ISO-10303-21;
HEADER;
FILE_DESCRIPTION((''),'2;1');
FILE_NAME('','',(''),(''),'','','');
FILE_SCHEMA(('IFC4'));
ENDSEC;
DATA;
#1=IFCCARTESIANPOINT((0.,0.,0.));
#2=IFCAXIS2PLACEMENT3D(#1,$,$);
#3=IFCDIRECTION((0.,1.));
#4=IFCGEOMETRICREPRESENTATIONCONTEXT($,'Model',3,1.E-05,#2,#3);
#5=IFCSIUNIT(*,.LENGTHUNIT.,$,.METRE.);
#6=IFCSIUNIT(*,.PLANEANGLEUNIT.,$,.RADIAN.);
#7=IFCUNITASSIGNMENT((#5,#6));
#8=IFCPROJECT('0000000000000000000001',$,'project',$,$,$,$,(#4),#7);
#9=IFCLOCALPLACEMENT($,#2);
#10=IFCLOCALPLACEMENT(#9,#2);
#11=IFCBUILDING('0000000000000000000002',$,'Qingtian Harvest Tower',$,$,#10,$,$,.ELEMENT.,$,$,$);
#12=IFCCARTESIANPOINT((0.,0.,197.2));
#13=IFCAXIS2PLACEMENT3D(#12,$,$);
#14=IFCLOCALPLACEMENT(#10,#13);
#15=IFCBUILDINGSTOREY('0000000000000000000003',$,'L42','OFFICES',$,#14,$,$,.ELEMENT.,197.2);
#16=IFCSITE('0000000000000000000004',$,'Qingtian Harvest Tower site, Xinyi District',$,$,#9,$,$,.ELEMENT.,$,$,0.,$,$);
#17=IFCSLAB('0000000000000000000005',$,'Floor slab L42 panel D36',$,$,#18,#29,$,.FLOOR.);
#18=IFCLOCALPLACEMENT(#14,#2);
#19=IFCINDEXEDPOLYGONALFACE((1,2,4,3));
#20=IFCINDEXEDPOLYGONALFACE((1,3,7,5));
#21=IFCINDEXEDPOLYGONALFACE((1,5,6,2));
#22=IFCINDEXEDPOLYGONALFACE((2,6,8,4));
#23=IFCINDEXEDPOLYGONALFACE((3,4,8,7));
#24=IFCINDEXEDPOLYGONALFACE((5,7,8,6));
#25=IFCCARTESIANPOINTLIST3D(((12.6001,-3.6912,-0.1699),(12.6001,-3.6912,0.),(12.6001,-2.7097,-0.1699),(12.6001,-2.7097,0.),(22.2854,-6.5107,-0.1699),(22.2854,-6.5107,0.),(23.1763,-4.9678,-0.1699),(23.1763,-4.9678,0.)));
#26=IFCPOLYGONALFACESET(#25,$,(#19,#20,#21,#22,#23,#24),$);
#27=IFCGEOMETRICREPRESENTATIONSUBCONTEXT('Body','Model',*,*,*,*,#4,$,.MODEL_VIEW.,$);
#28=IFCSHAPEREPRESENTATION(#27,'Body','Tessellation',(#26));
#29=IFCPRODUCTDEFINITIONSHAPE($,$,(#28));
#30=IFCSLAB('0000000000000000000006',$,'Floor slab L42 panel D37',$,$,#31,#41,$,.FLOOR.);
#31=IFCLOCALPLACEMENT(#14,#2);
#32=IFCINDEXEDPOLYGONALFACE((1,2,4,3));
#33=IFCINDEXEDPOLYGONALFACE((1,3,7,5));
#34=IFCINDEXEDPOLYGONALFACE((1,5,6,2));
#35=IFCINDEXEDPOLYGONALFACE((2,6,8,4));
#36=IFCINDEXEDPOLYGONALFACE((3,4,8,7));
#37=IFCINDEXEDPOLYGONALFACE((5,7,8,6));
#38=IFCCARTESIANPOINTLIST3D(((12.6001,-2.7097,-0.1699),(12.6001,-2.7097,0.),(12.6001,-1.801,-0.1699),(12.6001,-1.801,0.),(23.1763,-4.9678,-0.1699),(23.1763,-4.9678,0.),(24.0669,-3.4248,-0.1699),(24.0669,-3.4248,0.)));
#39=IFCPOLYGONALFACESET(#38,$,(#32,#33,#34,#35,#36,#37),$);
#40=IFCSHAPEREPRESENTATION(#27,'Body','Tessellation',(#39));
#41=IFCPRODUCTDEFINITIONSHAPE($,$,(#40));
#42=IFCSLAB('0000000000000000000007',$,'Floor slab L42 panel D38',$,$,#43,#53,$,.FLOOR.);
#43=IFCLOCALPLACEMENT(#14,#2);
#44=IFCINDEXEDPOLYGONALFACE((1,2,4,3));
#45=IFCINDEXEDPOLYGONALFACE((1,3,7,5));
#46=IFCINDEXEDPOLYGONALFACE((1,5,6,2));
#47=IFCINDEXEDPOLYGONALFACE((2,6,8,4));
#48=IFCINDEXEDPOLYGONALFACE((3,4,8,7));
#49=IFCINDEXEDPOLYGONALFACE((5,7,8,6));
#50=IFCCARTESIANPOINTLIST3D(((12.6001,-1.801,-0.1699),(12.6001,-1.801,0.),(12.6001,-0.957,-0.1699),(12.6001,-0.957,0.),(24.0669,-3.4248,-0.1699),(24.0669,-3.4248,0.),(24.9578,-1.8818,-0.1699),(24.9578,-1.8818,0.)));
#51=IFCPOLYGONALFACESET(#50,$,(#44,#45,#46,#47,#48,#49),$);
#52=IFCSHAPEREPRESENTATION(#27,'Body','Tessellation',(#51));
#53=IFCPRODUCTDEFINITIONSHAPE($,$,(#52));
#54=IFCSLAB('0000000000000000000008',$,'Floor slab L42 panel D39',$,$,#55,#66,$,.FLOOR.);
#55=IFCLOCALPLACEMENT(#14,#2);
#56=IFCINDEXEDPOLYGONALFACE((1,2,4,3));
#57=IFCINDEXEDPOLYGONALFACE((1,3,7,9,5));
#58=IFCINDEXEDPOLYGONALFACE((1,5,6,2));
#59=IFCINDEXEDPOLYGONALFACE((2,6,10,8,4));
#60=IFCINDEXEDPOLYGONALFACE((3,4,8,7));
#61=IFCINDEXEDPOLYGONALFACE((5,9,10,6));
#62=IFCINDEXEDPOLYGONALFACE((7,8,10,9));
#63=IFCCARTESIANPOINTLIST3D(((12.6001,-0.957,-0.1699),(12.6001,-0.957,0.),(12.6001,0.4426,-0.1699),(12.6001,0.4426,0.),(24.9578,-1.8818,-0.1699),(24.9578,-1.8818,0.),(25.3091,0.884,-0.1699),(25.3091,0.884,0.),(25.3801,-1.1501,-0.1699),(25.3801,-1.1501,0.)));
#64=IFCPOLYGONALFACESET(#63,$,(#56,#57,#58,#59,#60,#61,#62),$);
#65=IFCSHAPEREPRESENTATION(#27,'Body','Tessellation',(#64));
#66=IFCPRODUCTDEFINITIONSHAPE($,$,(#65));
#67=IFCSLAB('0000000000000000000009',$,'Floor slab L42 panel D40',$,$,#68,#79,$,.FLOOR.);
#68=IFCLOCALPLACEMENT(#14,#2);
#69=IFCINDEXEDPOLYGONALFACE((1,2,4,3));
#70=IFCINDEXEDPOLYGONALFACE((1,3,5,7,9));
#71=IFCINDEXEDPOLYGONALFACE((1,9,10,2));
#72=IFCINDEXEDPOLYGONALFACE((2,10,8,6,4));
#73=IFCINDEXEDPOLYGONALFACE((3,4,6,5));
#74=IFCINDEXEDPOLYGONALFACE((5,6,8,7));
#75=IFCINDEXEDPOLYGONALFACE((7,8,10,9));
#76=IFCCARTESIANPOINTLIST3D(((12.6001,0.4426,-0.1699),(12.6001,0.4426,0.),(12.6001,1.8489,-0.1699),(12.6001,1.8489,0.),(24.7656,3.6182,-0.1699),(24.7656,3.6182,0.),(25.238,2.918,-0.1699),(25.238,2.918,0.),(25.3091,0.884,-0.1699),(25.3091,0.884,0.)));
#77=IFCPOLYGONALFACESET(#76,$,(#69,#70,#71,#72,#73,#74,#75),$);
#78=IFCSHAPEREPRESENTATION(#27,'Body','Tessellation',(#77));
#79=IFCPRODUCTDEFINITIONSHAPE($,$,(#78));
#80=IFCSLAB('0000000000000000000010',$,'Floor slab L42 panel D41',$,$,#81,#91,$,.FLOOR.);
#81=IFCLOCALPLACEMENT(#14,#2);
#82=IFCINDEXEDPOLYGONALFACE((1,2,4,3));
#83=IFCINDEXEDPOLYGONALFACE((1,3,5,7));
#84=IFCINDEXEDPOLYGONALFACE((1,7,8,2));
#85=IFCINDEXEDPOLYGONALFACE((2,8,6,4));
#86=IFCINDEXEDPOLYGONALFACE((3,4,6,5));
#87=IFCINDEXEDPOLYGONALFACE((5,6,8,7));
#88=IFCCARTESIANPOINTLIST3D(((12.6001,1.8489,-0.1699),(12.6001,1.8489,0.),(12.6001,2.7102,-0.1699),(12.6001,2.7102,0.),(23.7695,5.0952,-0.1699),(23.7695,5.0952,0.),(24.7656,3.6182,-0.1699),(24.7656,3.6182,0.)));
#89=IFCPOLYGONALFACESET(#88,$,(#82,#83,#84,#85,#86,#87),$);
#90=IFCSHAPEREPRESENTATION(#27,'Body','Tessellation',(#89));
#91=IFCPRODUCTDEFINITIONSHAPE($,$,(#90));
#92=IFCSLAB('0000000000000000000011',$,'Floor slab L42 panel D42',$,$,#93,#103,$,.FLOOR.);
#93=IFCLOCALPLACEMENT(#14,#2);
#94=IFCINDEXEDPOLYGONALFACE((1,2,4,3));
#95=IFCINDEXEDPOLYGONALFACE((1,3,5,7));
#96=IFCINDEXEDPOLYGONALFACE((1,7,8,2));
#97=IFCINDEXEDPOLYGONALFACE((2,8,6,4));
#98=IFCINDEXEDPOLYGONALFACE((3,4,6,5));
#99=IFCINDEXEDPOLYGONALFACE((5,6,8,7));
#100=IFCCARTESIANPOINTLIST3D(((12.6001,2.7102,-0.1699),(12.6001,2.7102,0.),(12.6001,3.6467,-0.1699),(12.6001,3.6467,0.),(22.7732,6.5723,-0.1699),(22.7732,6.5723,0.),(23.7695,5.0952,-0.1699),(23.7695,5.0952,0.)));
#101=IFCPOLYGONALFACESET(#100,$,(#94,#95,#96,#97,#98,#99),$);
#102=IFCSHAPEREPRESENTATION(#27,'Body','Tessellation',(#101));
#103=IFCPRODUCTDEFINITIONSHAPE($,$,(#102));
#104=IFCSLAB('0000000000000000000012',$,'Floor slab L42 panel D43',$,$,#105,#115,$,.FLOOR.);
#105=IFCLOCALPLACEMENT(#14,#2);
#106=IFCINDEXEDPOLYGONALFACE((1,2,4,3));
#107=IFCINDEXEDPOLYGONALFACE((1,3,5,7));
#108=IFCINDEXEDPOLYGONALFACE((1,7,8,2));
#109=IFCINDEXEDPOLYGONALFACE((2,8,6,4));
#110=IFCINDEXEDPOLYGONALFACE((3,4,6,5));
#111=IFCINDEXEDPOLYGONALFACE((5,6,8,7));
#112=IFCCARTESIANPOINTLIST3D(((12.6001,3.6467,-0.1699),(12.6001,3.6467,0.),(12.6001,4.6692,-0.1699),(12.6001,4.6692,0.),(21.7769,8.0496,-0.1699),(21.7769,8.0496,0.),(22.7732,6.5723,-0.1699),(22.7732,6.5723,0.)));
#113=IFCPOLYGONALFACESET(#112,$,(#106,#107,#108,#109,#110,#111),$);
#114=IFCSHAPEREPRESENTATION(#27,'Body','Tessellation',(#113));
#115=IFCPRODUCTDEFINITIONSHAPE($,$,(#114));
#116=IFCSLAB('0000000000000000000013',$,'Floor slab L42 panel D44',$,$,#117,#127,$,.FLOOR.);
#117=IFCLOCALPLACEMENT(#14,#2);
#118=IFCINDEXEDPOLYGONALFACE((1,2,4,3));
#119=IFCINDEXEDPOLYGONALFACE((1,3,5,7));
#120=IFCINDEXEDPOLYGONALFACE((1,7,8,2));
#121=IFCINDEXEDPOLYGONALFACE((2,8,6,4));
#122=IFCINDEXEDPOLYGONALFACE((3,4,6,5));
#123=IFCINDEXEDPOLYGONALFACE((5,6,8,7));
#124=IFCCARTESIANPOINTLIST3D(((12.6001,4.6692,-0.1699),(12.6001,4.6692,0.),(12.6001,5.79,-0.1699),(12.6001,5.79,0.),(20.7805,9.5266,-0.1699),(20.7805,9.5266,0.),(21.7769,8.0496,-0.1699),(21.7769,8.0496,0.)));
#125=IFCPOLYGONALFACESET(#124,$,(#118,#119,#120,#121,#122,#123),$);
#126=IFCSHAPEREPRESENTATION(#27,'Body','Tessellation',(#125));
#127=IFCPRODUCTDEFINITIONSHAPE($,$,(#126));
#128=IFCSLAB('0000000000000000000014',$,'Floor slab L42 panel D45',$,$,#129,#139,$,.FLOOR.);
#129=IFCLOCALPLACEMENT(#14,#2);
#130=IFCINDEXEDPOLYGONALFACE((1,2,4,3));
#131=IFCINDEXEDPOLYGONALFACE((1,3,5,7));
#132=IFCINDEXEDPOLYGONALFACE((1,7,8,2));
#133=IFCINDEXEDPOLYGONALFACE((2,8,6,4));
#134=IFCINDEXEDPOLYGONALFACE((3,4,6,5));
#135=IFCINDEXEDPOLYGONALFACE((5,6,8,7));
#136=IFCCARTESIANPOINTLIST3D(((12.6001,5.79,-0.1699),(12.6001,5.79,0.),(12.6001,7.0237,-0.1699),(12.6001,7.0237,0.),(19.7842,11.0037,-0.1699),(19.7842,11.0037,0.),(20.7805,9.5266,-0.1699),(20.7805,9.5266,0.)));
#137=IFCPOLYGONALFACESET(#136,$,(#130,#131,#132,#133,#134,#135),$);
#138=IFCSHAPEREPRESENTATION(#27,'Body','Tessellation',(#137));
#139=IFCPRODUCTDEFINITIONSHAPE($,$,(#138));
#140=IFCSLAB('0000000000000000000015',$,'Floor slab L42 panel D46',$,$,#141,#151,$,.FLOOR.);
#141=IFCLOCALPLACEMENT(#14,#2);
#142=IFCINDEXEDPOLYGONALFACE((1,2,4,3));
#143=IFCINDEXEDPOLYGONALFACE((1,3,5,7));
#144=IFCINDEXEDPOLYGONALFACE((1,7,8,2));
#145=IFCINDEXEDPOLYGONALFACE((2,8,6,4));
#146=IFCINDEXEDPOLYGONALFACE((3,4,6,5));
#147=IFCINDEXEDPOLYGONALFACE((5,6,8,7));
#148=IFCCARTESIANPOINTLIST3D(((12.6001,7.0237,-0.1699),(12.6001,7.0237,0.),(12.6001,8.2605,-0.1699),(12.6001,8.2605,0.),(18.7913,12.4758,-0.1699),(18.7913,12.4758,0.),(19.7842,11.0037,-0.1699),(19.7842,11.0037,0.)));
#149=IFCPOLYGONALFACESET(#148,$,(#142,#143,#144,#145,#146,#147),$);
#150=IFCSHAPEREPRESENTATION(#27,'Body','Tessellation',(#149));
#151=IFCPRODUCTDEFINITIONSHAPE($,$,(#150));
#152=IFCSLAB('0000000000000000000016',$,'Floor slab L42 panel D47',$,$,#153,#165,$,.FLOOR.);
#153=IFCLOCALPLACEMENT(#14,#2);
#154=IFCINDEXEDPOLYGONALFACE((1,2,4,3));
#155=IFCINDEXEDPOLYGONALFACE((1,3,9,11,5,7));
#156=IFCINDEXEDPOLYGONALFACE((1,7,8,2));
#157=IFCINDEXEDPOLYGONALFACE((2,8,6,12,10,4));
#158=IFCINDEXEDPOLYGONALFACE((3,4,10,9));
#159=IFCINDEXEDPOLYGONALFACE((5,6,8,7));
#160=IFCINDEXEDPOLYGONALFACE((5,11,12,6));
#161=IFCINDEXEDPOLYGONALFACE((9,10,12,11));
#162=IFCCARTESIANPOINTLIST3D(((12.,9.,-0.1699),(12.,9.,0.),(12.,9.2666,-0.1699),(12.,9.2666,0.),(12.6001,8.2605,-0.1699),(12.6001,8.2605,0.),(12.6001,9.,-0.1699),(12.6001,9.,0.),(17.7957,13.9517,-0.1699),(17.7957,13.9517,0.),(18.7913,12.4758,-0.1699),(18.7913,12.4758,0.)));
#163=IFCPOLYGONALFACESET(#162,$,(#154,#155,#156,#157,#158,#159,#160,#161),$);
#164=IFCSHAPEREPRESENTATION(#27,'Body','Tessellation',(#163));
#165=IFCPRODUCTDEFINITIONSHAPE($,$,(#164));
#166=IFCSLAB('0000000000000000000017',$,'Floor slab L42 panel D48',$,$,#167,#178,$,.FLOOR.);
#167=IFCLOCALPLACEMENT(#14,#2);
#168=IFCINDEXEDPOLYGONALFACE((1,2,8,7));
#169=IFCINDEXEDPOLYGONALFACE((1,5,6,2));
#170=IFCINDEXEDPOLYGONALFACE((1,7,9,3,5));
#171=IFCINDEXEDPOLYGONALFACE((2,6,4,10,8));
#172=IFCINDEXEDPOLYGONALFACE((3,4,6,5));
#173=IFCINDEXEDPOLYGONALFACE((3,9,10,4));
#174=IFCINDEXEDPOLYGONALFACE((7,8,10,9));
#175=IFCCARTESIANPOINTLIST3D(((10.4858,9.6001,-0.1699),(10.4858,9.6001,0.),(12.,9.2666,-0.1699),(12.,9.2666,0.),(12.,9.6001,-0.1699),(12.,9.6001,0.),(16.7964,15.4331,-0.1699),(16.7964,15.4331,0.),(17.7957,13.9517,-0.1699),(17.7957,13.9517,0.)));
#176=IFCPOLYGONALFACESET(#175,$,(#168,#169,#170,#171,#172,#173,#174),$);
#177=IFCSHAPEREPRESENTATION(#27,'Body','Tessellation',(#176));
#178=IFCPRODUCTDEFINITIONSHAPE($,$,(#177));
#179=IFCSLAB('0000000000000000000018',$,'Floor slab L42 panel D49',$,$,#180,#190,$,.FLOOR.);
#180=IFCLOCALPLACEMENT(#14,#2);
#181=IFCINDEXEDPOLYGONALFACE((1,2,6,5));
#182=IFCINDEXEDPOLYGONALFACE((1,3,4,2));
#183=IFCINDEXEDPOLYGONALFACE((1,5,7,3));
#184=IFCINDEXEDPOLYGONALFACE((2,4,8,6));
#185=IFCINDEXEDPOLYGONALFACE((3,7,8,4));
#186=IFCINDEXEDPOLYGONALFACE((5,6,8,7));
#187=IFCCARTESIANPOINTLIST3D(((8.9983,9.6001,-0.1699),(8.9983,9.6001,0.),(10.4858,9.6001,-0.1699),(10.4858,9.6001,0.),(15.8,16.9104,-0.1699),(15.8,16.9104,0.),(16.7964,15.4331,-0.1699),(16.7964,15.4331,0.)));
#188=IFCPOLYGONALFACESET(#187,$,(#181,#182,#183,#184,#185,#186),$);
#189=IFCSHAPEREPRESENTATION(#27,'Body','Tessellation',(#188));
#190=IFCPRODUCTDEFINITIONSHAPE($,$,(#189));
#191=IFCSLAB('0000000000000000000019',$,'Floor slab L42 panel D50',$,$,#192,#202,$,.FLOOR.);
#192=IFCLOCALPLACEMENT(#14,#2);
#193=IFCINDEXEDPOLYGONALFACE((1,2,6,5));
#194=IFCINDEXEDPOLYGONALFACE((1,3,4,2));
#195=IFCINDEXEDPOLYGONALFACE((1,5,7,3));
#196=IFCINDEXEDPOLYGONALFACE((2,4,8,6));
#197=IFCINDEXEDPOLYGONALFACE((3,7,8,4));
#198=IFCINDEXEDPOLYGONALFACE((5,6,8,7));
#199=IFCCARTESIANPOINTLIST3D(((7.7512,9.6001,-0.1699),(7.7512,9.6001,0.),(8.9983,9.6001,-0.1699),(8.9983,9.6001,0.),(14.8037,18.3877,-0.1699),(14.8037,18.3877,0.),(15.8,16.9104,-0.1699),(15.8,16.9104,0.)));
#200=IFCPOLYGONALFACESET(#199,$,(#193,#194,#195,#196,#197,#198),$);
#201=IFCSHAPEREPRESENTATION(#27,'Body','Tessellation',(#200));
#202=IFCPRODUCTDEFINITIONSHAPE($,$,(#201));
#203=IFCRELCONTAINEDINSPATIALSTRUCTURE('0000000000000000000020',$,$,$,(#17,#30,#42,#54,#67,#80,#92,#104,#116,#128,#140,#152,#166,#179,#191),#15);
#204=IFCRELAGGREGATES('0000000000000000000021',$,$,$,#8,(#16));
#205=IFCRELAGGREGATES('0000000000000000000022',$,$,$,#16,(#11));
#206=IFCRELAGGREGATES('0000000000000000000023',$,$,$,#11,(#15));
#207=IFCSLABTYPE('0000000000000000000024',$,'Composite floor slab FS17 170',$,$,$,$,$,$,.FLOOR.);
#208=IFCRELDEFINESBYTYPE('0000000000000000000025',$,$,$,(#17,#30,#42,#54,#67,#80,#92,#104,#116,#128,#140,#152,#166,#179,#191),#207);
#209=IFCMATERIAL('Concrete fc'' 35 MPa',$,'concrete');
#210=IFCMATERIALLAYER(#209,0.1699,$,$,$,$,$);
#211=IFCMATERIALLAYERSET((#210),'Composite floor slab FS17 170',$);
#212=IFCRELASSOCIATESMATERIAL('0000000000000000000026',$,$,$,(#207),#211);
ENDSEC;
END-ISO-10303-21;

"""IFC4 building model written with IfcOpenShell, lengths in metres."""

from ifc_helpers import new_model, si_unit, direction, frame, origin, place, context, subcontext, project, spatial, polyline, outline, extrude, material, layer, layer_set, type_object, element, save


model = new_model("IFC4")

# Units and contexts
model_context = context("Model", 3, precision=1e-05, world=origin(), true_north=direction((0.0, 1.0)))
body_context = subcontext(model_context, "Body", "Model", "MODEL_VIEW")
ifc_project = project(units=[si_unit("LENGTHUNIT", "METRE"), si_unit("PLANEANGLEUNIT", "RADIAN")], contexts=[model_context])

# Site, building, storey
site_placement = place(None, origin())
site = spatial("IfcSite", under=ifc_project, at=site_placement, Name="Qingtian Harvest Tower site, Xinyi District", CompositionType="ELEMENT", RefElevation=0.0)
building_placement = place(site_placement, origin())
building = spatial("IfcBuilding", under=site, at=building_placement, Name="Qingtian Harvest Tower", CompositionType="ELEMENT")
storey_placement = place(building_placement, frame((0.0, 0.0, 197.2)))
storey = spatial("IfcBuildingStorey", under=building, at=storey_placement, Name="L42", Description="OFFICES", CompositionType="ELEMENT", Elevation=197.2)

# Slabs
ifc_material_1 = material(Name="Concrete fc' 35 MPa", Category="concrete")
ifc_layer_1 = layer(ifc_material_1, 0.1699)
ifc_layer_set_1 = layer_set([ifc_layer_1], Name="Composite floor slab FS17 170")
slab_type = type_object("IfcSlabType", Name="Composite floor slab FS17 170", PredefinedType="FLOOR", material=ifc_layer_set_1)
slab_1_placement = place(storey_placement, frame((0.0, 0.0, -0.1699)))
element("IfcSlab", 1, at=slab_1_placement, inside=storey, type_object=slab_type, Name="Floor slab L42 panel D36", PredefinedType="FLOOR", context=body_context, shape_type="SweptSolid", body=[
    extrude(outline(polyline([(12.6001, -2.7097), (23.1763, -4.9678), (22.2854, -6.5107), (12.6001, -3.6912), (12.6001, -2.7097)])), origin(), (0.0, 0.0, 1.0), 0.1699),
])
slab_2_placement = place(storey_placement, frame((0.0, 0.0, -0.1699)))
element("IfcSlab", 2, at=slab_2_placement, inside=storey, type_object=slab_type, Name="Floor slab L42 panel D37", PredefinedType="FLOOR", context=body_context, shape_type="SweptSolid", body=[
    extrude(outline(polyline([(12.6001, -1.801), (24.0669, -3.4248), (23.1763, -4.9678), (12.6001, -2.7097), (12.6001, -1.801)])), origin(), (0.0, 0.0, 1.0), 0.1699),
])
slab_3_placement = place(storey_placement, frame((0.0, 0.0, -0.1699)))
element("IfcSlab", 3, at=slab_3_placement, inside=storey, type_object=slab_type, Name="Floor slab L42 panel D38", PredefinedType="FLOOR", context=body_context, shape_type="SweptSolid", body=[
    extrude(outline(polyline([(12.6001, -0.957), (24.9578, -1.8818), (24.0669, -3.4248), (12.6001, -1.801), (12.6001, -0.957)])), origin(), (0.0, 0.0, 1.0), 0.1699),
])
slab_4_placement = place(storey_placement, frame((0.0, 0.0, -0.1699)))
element("IfcSlab", 4, at=slab_4_placement, inside=storey, type_object=slab_type, Name="Floor slab L42 panel D39", PredefinedType="FLOOR", context=body_context, shape_type="SweptSolid", body=[
    extrude(outline(polyline([(12.6001, -0.957), (12.6001, 0.4426), (25.3091, 0.884), (25.3801, -1.1501), (24.9578, -1.8818), (12.6001, -0.957)])), origin(), (0.0, 0.0, 1.0), 0.1699),
])
slab_5_placement = place(storey_placement, frame((0.0, 0.0, -0.1699)))
element("IfcSlab", 5, at=slab_5_placement, inside=storey, type_object=slab_type, Name="Floor slab L42 panel D40", PredefinedType="FLOOR", context=body_context, shape_type="SweptSolid", body=[
    extrude(outline(polyline([(12.6001, 0.4426), (12.6001, 1.8489), (24.7656, 3.6182), (25.238, 2.918), (25.3091, 0.884), (12.6001, 0.4426)])), origin(), (0.0, 0.0, 1.0), 0.1699),
])
slab_6_placement = place(storey_placement, frame((0.0, 0.0, -0.1699)))
element("IfcSlab", 6, at=slab_6_placement, inside=storey, type_object=slab_type, Name="Floor slab L42 panel D41", PredefinedType="FLOOR", context=body_context, shape_type="SweptSolid", body=[
    extrude(outline(polyline([(12.6001, 2.7102), (23.7695, 5.0952), (24.7656, 3.6182), (12.6001, 1.8489), (12.6001, 2.7102)])), origin(), (0.0, 0.0, 1.0), 0.1699),
])
slab_7_placement = place(storey_placement, frame((0.0, 0.0, -0.1699)))
element("IfcSlab", 7, at=slab_7_placement, inside=storey, type_object=slab_type, Name="Floor slab L42 panel D42", PredefinedType="FLOOR", context=body_context, shape_type="SweptSolid", body=[
    extrude(outline(polyline([(12.6001, 3.6467), (22.7732, 6.5723), (23.7695, 5.0952), (12.6001, 2.7102), (12.6001, 3.6467)])), origin(), (0.0, 0.0, 1.0), 0.1699),
])
slab_8_placement = place(storey_placement, frame((0.0, 0.0, -0.1699)))
element("IfcSlab", 8, at=slab_8_placement, inside=storey, type_object=slab_type, Name="Floor slab L42 panel D43", PredefinedType="FLOOR", context=body_context, shape_type="SweptSolid", body=[
    extrude(outline(polyline([(12.6001, 4.6692), (21.7769, 8.0496), (22.7732, 6.5723), (12.6001, 3.6467), (12.6001, 4.6692)])), origin(), (0.0, 0.0, 1.0), 0.1699),
])
slab_9_placement = place(storey_placement, frame((0.0, 0.0, -0.1699)))
element("IfcSlab", 9, at=slab_9_placement, inside=storey, type_object=slab_type, Name="Floor slab L42 panel D44", PredefinedType="FLOOR", context=body_context, shape_type="SweptSolid", body=[
    extrude(outline(polyline([(12.6001, 5.79), (20.7805, 9.5266), (21.7769, 8.0496), (12.6001, 4.6692), (12.6001, 5.79)])), origin(), (0.0, 0.0, 1.0), 0.1699),
])
slab_10_placement = place(storey_placement, frame((0.0, 0.0, -0.1699)))
element("IfcSlab", 10, at=slab_10_placement, inside=storey, type_object=slab_type, Name="Floor slab L42 panel D45", PredefinedType="FLOOR", context=body_context, shape_type="SweptSolid", body=[
    extrude(outline(polyline([(12.6001, 7.0237), (19.7842, 11.0037), (20.7805, 9.5266), (12.6001, 5.79), (12.6001, 7.0237)])), origin(), (0.0, 0.0, 1.0), 0.1699),
])
slab_11_placement = place(storey_placement, frame((0.0, 0.0, -0.1699)))
element("IfcSlab", 11, at=slab_11_placement, inside=storey, type_object=slab_type, Name="Floor slab L42 panel D46", PredefinedType="FLOOR", context=body_context, shape_type="SweptSolid", body=[
    extrude(outline(polyline([(12.6001, 8.2605), (18.7913, 12.4758), (19.7842, 11.0037), (12.6001, 7.0237), (12.6001, 8.2605)])), origin(), (0.0, 0.0, 1.0), 0.1699),
])
slab_12_placement = place(storey_placement, frame((0.0, 0.0, -0.1699)))
element("IfcSlab", 12, at=slab_12_placement, inside=storey, type_object=slab_type, Name="Floor slab L42 panel D47", PredefinedType="FLOOR", context=body_context, shape_type="SweptSolid", body=[
    extrude(outline(polyline([(12.6001, 9.0), (12.0, 9.0), (12.0, 9.2666), (17.7957, 13.9517), (18.7913, 12.4758), (12.6001, 8.2605), (12.6001, 9.0)])), origin(), (0.0, 0.0, 1.0), 0.1699),
])
slab_13_placement = place(storey_placement, frame((0.0, 0.0, -0.1699)))
element("IfcSlab", 13, at=slab_13_placement, inside=storey, type_object=slab_type, Name="Floor slab L42 panel D48", PredefinedType="FLOOR", context=body_context, shape_type="SweptSolid", body=[
    extrude(outline(polyline([(12.0, 9.6001), (10.4858, 9.6001), (16.7964, 15.4331), (17.7957, 13.9517), (12.0, 9.2666), (12.0, 9.6001)])), origin(), (0.0, 0.0, 1.0), 0.1699),
])
slab_14_placement = place(storey_placement, frame((0.0, 0.0, -0.1699)))
element("IfcSlab", 14, at=slab_14_placement, inside=storey, type_object=slab_type, Name="Floor slab L42 panel D49", PredefinedType="FLOOR", context=body_context, shape_type="SweptSolid", body=[
    extrude(outline(polyline([(8.9983, 9.6001), (15.8, 16.9104), (16.7964, 15.4331), (10.4858, 9.6001), (8.9983, 9.6001)])), origin(), (0.0, 0.0, 1.0), 0.1699),
])
slab_15_placement = place(storey_placement, frame((0.0, 0.0, -0.1699)))
element("IfcSlab", 15, at=slab_15_placement, inside=storey, type_object=slab_type, Name="Floor slab L42 panel D50", PredefinedType="FLOOR", context=body_context, shape_type="SweptSolid", body=[
    extrude(outline(polyline([(7.7512, 9.6001), (14.8037, 18.3877), (15.8, 16.9104), (8.9983, 9.6001), (7.7512, 9.6001)])), origin(), (0.0, 0.0, 1.0), 0.1699),
])

save(model, "model.ifc")
